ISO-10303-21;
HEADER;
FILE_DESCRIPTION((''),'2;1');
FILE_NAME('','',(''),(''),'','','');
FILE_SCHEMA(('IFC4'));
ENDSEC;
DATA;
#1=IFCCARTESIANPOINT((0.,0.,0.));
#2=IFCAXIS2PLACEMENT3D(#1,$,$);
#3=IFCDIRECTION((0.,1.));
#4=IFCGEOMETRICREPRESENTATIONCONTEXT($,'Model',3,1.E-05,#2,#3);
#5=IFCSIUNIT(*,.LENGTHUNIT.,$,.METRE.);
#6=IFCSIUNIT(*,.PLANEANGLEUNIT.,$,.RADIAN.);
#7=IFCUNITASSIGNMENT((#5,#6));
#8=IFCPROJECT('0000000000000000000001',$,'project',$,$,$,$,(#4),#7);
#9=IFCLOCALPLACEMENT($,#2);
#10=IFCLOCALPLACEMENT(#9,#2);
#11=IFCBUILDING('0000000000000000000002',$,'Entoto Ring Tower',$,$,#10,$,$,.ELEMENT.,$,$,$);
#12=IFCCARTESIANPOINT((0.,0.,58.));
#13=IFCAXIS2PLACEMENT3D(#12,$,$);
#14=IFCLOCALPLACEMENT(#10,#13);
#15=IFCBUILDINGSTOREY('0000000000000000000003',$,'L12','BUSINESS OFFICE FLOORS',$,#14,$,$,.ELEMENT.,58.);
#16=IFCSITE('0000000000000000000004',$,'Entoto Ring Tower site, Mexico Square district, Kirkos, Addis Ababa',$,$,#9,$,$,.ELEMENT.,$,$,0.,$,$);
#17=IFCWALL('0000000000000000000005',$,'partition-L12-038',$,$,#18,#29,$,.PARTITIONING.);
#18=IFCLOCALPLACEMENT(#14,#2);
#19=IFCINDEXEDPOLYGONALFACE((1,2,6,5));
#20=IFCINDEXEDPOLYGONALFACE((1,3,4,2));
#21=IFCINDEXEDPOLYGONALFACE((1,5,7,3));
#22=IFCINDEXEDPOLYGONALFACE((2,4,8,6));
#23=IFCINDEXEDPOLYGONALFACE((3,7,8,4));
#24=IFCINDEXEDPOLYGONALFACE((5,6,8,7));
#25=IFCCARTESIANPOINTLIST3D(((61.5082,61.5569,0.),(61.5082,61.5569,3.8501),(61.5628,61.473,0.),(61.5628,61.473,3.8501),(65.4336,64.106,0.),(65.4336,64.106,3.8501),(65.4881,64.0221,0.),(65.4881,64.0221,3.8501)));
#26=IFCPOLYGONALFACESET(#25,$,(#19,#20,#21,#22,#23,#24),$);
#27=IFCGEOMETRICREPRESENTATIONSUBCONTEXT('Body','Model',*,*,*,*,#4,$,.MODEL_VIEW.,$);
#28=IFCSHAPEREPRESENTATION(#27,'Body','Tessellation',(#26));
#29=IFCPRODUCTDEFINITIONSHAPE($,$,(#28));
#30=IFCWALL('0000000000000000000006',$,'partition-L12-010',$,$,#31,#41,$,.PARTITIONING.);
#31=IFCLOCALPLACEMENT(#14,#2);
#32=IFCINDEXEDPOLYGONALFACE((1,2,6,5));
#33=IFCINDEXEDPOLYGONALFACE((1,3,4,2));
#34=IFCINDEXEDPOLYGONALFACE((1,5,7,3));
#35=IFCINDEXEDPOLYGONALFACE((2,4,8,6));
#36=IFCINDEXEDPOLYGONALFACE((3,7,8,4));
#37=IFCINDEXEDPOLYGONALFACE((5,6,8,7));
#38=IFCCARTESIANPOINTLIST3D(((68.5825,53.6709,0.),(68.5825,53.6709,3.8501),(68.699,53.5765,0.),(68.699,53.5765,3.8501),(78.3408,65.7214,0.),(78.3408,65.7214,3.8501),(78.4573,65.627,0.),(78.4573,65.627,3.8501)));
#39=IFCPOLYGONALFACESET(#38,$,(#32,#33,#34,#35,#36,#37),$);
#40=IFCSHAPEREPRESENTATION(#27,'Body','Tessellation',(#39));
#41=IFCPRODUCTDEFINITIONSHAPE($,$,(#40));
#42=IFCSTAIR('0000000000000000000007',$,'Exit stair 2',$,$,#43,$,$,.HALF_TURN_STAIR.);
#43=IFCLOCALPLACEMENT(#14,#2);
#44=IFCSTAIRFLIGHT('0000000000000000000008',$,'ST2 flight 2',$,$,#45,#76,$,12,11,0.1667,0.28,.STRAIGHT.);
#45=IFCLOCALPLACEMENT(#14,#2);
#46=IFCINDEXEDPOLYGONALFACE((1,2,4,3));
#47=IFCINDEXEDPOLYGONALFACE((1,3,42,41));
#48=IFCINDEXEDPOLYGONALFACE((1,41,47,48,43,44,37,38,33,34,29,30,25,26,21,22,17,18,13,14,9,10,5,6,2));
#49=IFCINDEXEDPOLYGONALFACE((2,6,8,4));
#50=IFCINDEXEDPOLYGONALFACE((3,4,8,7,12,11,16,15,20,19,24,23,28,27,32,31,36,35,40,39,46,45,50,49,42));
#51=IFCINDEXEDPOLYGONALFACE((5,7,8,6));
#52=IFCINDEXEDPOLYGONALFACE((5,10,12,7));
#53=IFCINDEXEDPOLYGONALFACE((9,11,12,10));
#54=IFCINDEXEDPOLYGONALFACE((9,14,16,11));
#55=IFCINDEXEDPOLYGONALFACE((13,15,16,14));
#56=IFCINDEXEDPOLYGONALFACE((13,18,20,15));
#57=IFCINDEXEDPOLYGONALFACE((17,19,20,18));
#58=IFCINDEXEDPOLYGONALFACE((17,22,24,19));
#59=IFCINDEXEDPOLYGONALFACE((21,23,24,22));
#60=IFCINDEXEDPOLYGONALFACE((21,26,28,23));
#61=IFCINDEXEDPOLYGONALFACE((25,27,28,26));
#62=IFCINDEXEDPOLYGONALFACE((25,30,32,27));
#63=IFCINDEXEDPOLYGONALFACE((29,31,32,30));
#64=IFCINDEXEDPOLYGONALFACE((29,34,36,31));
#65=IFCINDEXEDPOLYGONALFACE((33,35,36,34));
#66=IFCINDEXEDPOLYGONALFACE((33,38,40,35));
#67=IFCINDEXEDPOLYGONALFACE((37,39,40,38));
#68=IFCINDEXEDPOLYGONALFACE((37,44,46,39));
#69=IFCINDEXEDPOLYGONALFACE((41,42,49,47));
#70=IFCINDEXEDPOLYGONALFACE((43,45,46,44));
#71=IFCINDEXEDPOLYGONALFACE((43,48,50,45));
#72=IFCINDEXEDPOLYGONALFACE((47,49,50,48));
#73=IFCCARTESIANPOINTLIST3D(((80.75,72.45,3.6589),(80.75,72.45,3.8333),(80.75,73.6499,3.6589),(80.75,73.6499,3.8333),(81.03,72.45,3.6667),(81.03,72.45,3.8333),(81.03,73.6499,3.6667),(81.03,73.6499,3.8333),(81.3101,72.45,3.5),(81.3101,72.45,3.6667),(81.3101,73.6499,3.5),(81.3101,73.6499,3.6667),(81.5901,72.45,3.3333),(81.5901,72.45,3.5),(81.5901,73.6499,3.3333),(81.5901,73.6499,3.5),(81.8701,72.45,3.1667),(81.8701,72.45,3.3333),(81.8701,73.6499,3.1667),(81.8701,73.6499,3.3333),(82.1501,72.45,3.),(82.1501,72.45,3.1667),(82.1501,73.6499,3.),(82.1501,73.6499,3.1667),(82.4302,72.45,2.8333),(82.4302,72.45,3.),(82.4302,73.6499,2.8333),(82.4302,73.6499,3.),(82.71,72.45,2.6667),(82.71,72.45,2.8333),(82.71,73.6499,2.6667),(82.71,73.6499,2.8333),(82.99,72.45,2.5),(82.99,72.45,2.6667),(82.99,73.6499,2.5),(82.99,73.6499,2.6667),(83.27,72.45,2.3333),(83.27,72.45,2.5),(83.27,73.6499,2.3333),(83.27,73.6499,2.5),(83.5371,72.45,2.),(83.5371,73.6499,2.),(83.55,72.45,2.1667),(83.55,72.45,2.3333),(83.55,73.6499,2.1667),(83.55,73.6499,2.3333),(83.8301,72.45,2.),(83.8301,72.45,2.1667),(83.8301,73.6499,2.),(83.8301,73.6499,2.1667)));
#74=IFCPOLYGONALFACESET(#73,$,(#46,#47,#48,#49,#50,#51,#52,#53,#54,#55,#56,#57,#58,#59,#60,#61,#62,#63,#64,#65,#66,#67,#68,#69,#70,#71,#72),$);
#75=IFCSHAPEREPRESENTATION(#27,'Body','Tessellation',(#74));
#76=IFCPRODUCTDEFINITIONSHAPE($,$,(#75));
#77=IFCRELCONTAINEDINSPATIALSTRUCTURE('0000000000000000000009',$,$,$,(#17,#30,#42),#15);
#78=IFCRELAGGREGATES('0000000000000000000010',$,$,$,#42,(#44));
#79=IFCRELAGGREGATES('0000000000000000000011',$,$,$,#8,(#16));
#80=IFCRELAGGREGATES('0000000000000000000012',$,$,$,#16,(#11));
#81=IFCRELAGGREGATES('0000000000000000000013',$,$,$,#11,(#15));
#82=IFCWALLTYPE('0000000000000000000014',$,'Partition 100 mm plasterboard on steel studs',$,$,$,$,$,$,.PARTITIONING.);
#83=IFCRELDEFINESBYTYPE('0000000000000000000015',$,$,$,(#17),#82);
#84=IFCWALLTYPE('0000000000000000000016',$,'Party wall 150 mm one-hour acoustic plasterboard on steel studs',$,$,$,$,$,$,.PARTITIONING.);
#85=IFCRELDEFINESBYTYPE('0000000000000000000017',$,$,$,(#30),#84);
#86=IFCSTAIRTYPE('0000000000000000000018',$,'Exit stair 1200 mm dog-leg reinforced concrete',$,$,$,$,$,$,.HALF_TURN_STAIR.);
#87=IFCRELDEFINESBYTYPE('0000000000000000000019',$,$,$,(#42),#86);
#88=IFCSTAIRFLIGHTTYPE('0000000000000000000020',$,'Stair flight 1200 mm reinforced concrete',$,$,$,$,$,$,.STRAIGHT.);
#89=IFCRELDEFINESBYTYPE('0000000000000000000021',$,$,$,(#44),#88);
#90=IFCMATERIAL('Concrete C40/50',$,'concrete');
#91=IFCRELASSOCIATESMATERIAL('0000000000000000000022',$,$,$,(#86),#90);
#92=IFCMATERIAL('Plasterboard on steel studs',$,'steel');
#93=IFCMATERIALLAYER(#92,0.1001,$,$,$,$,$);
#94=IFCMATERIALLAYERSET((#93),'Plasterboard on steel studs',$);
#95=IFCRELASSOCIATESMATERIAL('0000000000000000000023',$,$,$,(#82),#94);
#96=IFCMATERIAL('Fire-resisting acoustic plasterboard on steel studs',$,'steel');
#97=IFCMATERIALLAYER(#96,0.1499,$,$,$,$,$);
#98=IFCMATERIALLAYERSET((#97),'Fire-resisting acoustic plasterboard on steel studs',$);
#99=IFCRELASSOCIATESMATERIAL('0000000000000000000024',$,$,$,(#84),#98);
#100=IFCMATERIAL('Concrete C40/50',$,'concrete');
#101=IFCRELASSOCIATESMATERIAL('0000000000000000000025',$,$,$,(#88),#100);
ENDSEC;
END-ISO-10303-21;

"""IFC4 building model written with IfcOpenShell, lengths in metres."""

from ifc_helpers import new_model, si_unit, direction, frame, frame_2d, origin, place, context, subcontext, project, spatial, polyline, rectangle, outline, extrude, material, layer, layer_set, type_object, element, aggregate, save


model = new_model("IFC4")

# Units and contexts
model_context = context("Model", 3, precision=1e-05, world=origin(), true_north=direction((0.0, 1.0)))
body_context = subcontext(model_context, "Body", "Model", "MODEL_VIEW")
ifc_project = project(units=[si_unit("LENGTHUNIT", "METRE"), si_unit("PLANEANGLEUNIT", "RADIAN")], contexts=[model_context])

# Site, building, storey
site_placement = place(None, origin())
site = spatial("IfcSite", under=ifc_project, at=site_placement, Name="Entoto Ring Tower site, Mexico Square district, Kirkos, Addis Ababa", CompositionType="ELEMENT", RefElevation=0.0)
building_placement = place(site_placement, origin())
building = spatial("IfcBuilding", under=site, at=building_placement, Name="Entoto Ring Tower", CompositionType="ELEMENT")
storey_placement = place(building_placement, frame((0.0, 0.0, 58.0)))
storey = spatial("IfcBuildingStorey", under=building, at=storey_placement, Name="L12", Description="BUSINESS OFFICE FLOORS", CompositionType="ELEMENT", Elevation=58.0)

# Shared definitions
ifc_material_1 = material(Name="Concrete C40/50", Category="concrete")
stair_type = type_object("IfcStairType", Name="Exit stair 1200 mm dog-leg reinforced concrete", PredefinedType="HALF_TURN_STAIR", material=ifc_material_1)

# Shared definitions
ifc_material_2 = material(Name="Plasterboard on steel studs", Category="steel")
ifc_layer_1 = layer(ifc_material_2, 0.1001)
ifc_layer_set_1 = layer_set([ifc_layer_1], Name="Plasterboard on steel studs")
wall_type_1 = type_object("IfcWallType", Name="Partition 100 mm plasterboard on steel studs", PredefinedType="PARTITIONING", material=ifc_layer_set_1)

# Walls
for number, where, z_axis, x_axis, name in (
    (1, (61.5354, 61.5149, 0.0), (0.0, 0.0, 1.0), (0.838675, 0.544633, 0.0), "partition-L12-038"),
):
    element("IfcWall", number, at=place(storey_placement, frame(where, z_axis=z_axis, x_axis=x_axis)), inside=storey, type_object=wall_type_1, Name=name, PredefinedType="PARTITIONING", context=body_context, shape_type="SweptSolid", body=[
        extrude(rectangle(XDim=4.6804, YDim=0.1001, at=frame_2d((2.3403, 0.0))), origin(), (0.0, 0.0, 1.0), 3.8501),
    ])
ifc_material_3 = material(Name="Fire-resisting acoustic plasterboard on steel studs", Category="steel")
ifc_layer_2 = layer(ifc_material_3, 0.1499)
ifc_layer_set_2 = layer_set([ifc_layer_2], Name="Fire-resisting acoustic plasterboard on steel studs")
wall_type_2 = type_object("IfcWallType", Name="Party wall 150 mm one-hour acoustic plasterboard on steel studs", PredefinedType="PARTITIONING", material=ifc_layer_set_2)
wall_1_placement = place(storey_placement, frame((68.6409, 53.6238, 0.0), z_axis=(0.0, 0.0, 1.0), x_axis=(0.629319, 0.777147, 0.0)))
element("IfcWall", 2, at=wall_1_placement, inside=storey, type_object=wall_type_2, Name="partition-L12-010", PredefinedType="PARTITIONING", context=body_context, shape_type="SweptSolid", body=[
    extrude(rectangle(XDim=15.5061, YDim=0.1499, at=frame_2d((7.7529, 0.0))), origin(), (0.0, 0.0, 1.0), 3.8501),
])

# Stair, stair flight
stair_1_placement = place(storey_placement, origin())
stair_1 = element("IfcStair", 3, at=stair_1_placement, inside=storey, type_object=stair_type, Name="Exit stair 2", PredefinedType="HALF_TURN_STAIR")
ifc_material_4 = material(Name="Concrete C40/50", Category="concrete")
stair_flight_type = type_object("IfcStairFlightType", Name="Stair flight 1200 mm reinforced concrete", PredefinedType="STRAIGHT", material=ifc_material_4)
stair_flight_placement = place(storey_placement, frame((83.8301, 73.05, 2.0), z_axis=(0.0, 0.0, 1.0), x_axis=(-1.0, 0.0, 0.0)))
stair_flight = element("IfcStairFlight", 4, at=stair_flight_placement, type_object=stair_flight_type, Name="ST2 flight 2", NumberOfRisers=12, NumberOfTreads=11, PredefinedType="STRAIGHT", RiserHeight=0.1667, TreadLength=0.28, context=body_context, shape_type="SweptSolid", body=[
    extrude(outline(polyline([(0.0, 0.0), (0.0, 0.1667), (0.28, 0.1667), (0.28, 0.3333), (0.5601, 0.3333), (0.5601, 0.5), (0.8401, 0.5), (0.8401, 0.6667), (1.1201, 0.6667), (1.1201, 0.8333), (1.3999, 0.8333), (1.3999, 1.0), (1.6799, 1.0), (1.6799, 1.1667), (1.96, 1.1667), (1.96, 1.3333), (2.24, 1.3333), (2.24, 1.5), (2.52, 1.5), (2.52, 1.6667), (2.8, 1.6667), (2.8, 1.8333), (3.0801, 1.8333), (3.0801, 2.0), (3.0801, 1.6589), (0.293, 0.0), (0.0, 0.0)])), frame((0.0, 0.6001, 0.0), z_axis=(0.0, -1.0, 0.0), x_axis=(1.0, 0.0, 0.0)), (0.0, 0.0, 1.0), 1.2),
])
aggregate(stair_1, [stair_flight])

save(model, "model.ifc")
